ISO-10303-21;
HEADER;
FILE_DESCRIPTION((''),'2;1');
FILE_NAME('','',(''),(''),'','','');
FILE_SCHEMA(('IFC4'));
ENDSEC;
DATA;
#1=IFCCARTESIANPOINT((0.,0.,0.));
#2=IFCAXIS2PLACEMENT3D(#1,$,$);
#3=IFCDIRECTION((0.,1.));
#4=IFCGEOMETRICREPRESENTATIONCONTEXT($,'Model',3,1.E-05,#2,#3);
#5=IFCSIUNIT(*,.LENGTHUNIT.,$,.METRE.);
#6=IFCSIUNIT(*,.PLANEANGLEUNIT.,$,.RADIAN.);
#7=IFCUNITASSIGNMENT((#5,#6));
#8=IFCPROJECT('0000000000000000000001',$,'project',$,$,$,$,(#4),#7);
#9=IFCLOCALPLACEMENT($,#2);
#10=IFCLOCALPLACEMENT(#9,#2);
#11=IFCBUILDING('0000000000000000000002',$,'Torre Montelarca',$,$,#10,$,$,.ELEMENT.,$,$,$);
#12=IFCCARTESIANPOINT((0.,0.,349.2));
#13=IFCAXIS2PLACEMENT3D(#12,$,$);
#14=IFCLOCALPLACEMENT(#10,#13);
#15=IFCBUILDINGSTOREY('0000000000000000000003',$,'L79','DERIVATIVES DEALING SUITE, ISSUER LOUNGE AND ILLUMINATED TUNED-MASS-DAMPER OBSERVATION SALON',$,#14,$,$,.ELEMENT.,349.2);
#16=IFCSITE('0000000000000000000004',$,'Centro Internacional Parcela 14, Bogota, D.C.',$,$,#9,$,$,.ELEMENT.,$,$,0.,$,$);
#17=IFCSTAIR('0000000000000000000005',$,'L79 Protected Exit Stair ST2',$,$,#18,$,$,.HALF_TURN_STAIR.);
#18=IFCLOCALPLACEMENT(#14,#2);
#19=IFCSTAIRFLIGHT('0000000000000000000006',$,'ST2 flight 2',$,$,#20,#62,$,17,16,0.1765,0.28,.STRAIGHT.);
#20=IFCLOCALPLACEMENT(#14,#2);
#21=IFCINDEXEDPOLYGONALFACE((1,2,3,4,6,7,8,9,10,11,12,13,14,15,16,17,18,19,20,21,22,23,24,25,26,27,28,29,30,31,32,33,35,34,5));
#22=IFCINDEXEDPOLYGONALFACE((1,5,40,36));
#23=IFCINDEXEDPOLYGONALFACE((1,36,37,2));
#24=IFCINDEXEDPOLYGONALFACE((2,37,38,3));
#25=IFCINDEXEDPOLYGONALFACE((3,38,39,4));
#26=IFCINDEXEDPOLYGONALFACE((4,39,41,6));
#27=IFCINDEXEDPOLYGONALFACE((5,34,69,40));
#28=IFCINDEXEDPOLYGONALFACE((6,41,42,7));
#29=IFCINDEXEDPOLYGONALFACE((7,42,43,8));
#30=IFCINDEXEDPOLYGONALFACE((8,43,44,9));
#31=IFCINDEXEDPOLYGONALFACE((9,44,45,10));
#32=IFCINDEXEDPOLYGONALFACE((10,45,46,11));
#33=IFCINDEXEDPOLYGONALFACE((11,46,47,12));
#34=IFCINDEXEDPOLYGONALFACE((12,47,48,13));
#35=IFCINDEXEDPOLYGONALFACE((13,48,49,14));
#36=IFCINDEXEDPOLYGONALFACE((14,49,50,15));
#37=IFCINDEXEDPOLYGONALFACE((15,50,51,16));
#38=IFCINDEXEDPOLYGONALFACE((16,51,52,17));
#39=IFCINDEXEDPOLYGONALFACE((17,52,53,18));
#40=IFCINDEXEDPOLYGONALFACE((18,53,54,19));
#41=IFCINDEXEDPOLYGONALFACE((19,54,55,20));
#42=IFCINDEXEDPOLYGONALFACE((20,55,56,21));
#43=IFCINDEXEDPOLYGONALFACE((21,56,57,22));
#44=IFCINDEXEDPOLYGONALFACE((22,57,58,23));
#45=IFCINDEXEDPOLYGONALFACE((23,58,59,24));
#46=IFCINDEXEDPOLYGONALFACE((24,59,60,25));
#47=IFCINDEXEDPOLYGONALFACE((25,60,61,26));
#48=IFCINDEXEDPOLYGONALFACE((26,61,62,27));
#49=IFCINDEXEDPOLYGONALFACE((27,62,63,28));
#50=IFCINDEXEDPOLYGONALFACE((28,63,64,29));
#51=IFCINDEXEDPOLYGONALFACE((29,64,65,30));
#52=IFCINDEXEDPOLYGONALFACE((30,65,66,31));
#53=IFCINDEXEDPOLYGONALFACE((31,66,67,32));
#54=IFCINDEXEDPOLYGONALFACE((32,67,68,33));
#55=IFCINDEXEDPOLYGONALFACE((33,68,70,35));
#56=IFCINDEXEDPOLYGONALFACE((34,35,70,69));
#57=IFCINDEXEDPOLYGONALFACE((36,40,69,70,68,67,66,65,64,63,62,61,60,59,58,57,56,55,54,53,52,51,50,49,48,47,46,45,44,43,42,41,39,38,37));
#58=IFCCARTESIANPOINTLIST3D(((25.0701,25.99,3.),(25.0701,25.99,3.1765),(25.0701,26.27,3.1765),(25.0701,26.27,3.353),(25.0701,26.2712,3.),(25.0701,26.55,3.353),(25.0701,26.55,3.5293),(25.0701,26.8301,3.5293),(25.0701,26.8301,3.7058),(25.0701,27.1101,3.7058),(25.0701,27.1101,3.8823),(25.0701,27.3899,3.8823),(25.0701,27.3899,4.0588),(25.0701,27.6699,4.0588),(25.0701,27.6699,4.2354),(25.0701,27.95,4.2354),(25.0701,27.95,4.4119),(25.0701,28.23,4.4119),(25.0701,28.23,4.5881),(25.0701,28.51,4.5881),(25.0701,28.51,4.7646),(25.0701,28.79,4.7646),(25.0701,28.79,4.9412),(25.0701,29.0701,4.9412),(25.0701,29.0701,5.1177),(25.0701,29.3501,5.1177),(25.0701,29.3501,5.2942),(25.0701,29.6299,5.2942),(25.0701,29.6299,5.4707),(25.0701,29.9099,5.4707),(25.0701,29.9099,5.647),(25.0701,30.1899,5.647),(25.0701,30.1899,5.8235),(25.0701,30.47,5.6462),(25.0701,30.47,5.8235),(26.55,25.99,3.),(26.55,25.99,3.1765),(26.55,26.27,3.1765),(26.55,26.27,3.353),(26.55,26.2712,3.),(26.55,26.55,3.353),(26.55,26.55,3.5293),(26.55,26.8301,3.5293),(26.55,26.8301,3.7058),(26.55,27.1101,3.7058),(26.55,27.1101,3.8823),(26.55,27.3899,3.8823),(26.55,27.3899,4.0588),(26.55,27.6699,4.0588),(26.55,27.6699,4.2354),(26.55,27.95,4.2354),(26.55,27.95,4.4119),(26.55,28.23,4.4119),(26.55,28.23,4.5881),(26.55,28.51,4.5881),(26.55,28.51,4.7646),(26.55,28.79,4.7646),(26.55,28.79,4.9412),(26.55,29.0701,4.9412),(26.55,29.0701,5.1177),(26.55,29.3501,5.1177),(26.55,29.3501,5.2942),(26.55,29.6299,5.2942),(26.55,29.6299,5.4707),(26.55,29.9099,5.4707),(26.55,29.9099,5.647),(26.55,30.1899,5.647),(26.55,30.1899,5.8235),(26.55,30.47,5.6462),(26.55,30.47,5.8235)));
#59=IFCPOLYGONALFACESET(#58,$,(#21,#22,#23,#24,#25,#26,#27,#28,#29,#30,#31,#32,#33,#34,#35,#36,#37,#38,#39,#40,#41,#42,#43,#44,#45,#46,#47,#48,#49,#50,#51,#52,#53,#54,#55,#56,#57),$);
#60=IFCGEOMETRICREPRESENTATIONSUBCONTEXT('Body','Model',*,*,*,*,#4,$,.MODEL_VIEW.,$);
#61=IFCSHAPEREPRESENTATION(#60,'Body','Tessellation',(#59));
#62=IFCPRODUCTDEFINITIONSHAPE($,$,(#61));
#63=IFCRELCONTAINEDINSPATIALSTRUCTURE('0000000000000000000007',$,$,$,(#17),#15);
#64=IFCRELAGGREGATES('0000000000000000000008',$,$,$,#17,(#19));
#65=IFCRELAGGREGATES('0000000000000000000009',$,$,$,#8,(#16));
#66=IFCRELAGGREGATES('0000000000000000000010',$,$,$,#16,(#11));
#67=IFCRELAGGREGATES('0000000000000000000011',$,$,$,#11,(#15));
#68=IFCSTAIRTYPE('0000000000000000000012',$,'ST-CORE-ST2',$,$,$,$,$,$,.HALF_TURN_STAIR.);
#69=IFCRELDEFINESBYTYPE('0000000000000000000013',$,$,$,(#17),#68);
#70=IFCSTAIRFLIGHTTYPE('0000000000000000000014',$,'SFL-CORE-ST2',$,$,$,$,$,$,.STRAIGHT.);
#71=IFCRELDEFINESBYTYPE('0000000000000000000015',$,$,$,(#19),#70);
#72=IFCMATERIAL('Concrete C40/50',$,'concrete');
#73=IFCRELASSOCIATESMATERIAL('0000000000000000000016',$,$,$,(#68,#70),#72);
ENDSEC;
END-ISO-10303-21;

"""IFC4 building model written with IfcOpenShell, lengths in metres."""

from ifc_helpers import new_model, si_unit, direction, frame, origin, place, context, subcontext, project, spatial, polyline, outline, extrude, material, type_object, element, aggregate, save


model = new_model("IFC4")

# Units and contexts
model_context = context("Model", 3, precision=1e-05, world=origin(), true_north=direction((0.0, 1.0)))
body_context = subcontext(model_context, "Body", "Model", "MODEL_VIEW")
ifc_project = project(units=[si_unit("LENGTHUNIT", "METRE"), si_unit("PLANEANGLEUNIT", "RADIAN")], contexts=[model_context])

# Site, building, storey
site_placement = place(None, origin())
site = spatial("IfcSite", under=ifc_project, at=site_placement, Name="Centro Internacional Parcela 14, Bogota, D.C.", CompositionType="ELEMENT", RefElevation=0.0)
building_placement = place(site_placement, origin())
building = spatial("IfcBuilding", under=site, at=building_placement, Name="Torre Montelarca", CompositionType="ELEMENT")
storey_placement = place(building_placement, frame((0.0, 0.0, 349.2)))
storey = spatial("IfcBuildingStorey", under=building, at=storey_placement, Name="L79", Description="DERIVATIVES DEALING SUITE, ISSUER LOUNGE AND ILLUMINATED TUNED-MASS-DAMPER OBSERVATION SALON", CompositionType="ELEMENT", Elevation=349.2)

# Shared definitions
ifc_material_1 = material(Name="Concrete C40/50", Category="concrete")

# Stair, stair flight
stair_type = type_object("IfcStairType", Name="ST-CORE-ST2", PredefinedType="HALF_TURN_STAIR", material=ifc_material_1)
stair_placement = place(storey_placement, origin())
stair = element("IfcStair", 1, at=stair_placement, inside=storey, type_object=stair_type, Name="L79 Protected Exit Stair ST2", PredefinedType="HALF_TURN_STAIR")
stair_flight_type = type_object("IfcStairFlightType", Name="SFL-CORE-ST2", PredefinedType="STRAIGHT", material=ifc_material_1)
stair_flight_1_placement = place(storey_placement, frame((25.8101, 25.99, 3.0), z_axis=(0.0, 0.0, 1.0), x_axis=(0.0, 1.0, 0.0)))
stair_flight_1 = element("IfcStairFlight", 2, at=stair_flight_1_placement, type_object=stair_flight_type, Name="ST2 flight 2", NumberOfRisers=17, NumberOfTreads=16, PredefinedType="STRAIGHT", RiserHeight=0.1765, TreadLength=0.28, context=body_context, shape_type="SweptSolid", body=[
    extrude(outline(polyline([(0.0, 0.0), (0.0, 0.1765), (0.28, 0.1765), (0.28, 0.353), (0.5601, 0.353), (0.5601, 0.5293), (0.8401, 0.5293), (0.8401, 0.7058), (1.1201, 0.7058), (1.1201, 0.8823), (1.3999, 0.8823), (1.3999, 1.0588), (1.6799, 1.0588), (1.6799, 1.2354), (1.96, 1.2354), (1.96, 1.4119), (2.24, 1.4119), (2.24, 1.5881), (2.52, 1.5881), (2.52, 1.7646), (2.8, 1.7646), (2.8, 1.9412), (3.0801, 1.9412), (3.0801, 2.1177), (3.3601, 2.1177), (3.3601, 2.2942), (3.6399, 2.2942), (3.6399, 2.4707), (3.9199, 2.4707), (3.9199, 2.647), (4.2, 2.647), (4.2, 2.8235), (4.48, 2.8235), (4.48, 3.0), (4.48, 2.6462), (0.2812, 0.0), (0.0, 0.0)])), frame((0.0, 0.74, 0.0), z_axis=(0.0, -1.0, 0.0), x_axis=(1.0, 0.0, 0.0)), (0.0, 0.0, 1.0), 1.48),
])
aggregate(stair, [stair_flight_1])

save(model, "model.ifc")
